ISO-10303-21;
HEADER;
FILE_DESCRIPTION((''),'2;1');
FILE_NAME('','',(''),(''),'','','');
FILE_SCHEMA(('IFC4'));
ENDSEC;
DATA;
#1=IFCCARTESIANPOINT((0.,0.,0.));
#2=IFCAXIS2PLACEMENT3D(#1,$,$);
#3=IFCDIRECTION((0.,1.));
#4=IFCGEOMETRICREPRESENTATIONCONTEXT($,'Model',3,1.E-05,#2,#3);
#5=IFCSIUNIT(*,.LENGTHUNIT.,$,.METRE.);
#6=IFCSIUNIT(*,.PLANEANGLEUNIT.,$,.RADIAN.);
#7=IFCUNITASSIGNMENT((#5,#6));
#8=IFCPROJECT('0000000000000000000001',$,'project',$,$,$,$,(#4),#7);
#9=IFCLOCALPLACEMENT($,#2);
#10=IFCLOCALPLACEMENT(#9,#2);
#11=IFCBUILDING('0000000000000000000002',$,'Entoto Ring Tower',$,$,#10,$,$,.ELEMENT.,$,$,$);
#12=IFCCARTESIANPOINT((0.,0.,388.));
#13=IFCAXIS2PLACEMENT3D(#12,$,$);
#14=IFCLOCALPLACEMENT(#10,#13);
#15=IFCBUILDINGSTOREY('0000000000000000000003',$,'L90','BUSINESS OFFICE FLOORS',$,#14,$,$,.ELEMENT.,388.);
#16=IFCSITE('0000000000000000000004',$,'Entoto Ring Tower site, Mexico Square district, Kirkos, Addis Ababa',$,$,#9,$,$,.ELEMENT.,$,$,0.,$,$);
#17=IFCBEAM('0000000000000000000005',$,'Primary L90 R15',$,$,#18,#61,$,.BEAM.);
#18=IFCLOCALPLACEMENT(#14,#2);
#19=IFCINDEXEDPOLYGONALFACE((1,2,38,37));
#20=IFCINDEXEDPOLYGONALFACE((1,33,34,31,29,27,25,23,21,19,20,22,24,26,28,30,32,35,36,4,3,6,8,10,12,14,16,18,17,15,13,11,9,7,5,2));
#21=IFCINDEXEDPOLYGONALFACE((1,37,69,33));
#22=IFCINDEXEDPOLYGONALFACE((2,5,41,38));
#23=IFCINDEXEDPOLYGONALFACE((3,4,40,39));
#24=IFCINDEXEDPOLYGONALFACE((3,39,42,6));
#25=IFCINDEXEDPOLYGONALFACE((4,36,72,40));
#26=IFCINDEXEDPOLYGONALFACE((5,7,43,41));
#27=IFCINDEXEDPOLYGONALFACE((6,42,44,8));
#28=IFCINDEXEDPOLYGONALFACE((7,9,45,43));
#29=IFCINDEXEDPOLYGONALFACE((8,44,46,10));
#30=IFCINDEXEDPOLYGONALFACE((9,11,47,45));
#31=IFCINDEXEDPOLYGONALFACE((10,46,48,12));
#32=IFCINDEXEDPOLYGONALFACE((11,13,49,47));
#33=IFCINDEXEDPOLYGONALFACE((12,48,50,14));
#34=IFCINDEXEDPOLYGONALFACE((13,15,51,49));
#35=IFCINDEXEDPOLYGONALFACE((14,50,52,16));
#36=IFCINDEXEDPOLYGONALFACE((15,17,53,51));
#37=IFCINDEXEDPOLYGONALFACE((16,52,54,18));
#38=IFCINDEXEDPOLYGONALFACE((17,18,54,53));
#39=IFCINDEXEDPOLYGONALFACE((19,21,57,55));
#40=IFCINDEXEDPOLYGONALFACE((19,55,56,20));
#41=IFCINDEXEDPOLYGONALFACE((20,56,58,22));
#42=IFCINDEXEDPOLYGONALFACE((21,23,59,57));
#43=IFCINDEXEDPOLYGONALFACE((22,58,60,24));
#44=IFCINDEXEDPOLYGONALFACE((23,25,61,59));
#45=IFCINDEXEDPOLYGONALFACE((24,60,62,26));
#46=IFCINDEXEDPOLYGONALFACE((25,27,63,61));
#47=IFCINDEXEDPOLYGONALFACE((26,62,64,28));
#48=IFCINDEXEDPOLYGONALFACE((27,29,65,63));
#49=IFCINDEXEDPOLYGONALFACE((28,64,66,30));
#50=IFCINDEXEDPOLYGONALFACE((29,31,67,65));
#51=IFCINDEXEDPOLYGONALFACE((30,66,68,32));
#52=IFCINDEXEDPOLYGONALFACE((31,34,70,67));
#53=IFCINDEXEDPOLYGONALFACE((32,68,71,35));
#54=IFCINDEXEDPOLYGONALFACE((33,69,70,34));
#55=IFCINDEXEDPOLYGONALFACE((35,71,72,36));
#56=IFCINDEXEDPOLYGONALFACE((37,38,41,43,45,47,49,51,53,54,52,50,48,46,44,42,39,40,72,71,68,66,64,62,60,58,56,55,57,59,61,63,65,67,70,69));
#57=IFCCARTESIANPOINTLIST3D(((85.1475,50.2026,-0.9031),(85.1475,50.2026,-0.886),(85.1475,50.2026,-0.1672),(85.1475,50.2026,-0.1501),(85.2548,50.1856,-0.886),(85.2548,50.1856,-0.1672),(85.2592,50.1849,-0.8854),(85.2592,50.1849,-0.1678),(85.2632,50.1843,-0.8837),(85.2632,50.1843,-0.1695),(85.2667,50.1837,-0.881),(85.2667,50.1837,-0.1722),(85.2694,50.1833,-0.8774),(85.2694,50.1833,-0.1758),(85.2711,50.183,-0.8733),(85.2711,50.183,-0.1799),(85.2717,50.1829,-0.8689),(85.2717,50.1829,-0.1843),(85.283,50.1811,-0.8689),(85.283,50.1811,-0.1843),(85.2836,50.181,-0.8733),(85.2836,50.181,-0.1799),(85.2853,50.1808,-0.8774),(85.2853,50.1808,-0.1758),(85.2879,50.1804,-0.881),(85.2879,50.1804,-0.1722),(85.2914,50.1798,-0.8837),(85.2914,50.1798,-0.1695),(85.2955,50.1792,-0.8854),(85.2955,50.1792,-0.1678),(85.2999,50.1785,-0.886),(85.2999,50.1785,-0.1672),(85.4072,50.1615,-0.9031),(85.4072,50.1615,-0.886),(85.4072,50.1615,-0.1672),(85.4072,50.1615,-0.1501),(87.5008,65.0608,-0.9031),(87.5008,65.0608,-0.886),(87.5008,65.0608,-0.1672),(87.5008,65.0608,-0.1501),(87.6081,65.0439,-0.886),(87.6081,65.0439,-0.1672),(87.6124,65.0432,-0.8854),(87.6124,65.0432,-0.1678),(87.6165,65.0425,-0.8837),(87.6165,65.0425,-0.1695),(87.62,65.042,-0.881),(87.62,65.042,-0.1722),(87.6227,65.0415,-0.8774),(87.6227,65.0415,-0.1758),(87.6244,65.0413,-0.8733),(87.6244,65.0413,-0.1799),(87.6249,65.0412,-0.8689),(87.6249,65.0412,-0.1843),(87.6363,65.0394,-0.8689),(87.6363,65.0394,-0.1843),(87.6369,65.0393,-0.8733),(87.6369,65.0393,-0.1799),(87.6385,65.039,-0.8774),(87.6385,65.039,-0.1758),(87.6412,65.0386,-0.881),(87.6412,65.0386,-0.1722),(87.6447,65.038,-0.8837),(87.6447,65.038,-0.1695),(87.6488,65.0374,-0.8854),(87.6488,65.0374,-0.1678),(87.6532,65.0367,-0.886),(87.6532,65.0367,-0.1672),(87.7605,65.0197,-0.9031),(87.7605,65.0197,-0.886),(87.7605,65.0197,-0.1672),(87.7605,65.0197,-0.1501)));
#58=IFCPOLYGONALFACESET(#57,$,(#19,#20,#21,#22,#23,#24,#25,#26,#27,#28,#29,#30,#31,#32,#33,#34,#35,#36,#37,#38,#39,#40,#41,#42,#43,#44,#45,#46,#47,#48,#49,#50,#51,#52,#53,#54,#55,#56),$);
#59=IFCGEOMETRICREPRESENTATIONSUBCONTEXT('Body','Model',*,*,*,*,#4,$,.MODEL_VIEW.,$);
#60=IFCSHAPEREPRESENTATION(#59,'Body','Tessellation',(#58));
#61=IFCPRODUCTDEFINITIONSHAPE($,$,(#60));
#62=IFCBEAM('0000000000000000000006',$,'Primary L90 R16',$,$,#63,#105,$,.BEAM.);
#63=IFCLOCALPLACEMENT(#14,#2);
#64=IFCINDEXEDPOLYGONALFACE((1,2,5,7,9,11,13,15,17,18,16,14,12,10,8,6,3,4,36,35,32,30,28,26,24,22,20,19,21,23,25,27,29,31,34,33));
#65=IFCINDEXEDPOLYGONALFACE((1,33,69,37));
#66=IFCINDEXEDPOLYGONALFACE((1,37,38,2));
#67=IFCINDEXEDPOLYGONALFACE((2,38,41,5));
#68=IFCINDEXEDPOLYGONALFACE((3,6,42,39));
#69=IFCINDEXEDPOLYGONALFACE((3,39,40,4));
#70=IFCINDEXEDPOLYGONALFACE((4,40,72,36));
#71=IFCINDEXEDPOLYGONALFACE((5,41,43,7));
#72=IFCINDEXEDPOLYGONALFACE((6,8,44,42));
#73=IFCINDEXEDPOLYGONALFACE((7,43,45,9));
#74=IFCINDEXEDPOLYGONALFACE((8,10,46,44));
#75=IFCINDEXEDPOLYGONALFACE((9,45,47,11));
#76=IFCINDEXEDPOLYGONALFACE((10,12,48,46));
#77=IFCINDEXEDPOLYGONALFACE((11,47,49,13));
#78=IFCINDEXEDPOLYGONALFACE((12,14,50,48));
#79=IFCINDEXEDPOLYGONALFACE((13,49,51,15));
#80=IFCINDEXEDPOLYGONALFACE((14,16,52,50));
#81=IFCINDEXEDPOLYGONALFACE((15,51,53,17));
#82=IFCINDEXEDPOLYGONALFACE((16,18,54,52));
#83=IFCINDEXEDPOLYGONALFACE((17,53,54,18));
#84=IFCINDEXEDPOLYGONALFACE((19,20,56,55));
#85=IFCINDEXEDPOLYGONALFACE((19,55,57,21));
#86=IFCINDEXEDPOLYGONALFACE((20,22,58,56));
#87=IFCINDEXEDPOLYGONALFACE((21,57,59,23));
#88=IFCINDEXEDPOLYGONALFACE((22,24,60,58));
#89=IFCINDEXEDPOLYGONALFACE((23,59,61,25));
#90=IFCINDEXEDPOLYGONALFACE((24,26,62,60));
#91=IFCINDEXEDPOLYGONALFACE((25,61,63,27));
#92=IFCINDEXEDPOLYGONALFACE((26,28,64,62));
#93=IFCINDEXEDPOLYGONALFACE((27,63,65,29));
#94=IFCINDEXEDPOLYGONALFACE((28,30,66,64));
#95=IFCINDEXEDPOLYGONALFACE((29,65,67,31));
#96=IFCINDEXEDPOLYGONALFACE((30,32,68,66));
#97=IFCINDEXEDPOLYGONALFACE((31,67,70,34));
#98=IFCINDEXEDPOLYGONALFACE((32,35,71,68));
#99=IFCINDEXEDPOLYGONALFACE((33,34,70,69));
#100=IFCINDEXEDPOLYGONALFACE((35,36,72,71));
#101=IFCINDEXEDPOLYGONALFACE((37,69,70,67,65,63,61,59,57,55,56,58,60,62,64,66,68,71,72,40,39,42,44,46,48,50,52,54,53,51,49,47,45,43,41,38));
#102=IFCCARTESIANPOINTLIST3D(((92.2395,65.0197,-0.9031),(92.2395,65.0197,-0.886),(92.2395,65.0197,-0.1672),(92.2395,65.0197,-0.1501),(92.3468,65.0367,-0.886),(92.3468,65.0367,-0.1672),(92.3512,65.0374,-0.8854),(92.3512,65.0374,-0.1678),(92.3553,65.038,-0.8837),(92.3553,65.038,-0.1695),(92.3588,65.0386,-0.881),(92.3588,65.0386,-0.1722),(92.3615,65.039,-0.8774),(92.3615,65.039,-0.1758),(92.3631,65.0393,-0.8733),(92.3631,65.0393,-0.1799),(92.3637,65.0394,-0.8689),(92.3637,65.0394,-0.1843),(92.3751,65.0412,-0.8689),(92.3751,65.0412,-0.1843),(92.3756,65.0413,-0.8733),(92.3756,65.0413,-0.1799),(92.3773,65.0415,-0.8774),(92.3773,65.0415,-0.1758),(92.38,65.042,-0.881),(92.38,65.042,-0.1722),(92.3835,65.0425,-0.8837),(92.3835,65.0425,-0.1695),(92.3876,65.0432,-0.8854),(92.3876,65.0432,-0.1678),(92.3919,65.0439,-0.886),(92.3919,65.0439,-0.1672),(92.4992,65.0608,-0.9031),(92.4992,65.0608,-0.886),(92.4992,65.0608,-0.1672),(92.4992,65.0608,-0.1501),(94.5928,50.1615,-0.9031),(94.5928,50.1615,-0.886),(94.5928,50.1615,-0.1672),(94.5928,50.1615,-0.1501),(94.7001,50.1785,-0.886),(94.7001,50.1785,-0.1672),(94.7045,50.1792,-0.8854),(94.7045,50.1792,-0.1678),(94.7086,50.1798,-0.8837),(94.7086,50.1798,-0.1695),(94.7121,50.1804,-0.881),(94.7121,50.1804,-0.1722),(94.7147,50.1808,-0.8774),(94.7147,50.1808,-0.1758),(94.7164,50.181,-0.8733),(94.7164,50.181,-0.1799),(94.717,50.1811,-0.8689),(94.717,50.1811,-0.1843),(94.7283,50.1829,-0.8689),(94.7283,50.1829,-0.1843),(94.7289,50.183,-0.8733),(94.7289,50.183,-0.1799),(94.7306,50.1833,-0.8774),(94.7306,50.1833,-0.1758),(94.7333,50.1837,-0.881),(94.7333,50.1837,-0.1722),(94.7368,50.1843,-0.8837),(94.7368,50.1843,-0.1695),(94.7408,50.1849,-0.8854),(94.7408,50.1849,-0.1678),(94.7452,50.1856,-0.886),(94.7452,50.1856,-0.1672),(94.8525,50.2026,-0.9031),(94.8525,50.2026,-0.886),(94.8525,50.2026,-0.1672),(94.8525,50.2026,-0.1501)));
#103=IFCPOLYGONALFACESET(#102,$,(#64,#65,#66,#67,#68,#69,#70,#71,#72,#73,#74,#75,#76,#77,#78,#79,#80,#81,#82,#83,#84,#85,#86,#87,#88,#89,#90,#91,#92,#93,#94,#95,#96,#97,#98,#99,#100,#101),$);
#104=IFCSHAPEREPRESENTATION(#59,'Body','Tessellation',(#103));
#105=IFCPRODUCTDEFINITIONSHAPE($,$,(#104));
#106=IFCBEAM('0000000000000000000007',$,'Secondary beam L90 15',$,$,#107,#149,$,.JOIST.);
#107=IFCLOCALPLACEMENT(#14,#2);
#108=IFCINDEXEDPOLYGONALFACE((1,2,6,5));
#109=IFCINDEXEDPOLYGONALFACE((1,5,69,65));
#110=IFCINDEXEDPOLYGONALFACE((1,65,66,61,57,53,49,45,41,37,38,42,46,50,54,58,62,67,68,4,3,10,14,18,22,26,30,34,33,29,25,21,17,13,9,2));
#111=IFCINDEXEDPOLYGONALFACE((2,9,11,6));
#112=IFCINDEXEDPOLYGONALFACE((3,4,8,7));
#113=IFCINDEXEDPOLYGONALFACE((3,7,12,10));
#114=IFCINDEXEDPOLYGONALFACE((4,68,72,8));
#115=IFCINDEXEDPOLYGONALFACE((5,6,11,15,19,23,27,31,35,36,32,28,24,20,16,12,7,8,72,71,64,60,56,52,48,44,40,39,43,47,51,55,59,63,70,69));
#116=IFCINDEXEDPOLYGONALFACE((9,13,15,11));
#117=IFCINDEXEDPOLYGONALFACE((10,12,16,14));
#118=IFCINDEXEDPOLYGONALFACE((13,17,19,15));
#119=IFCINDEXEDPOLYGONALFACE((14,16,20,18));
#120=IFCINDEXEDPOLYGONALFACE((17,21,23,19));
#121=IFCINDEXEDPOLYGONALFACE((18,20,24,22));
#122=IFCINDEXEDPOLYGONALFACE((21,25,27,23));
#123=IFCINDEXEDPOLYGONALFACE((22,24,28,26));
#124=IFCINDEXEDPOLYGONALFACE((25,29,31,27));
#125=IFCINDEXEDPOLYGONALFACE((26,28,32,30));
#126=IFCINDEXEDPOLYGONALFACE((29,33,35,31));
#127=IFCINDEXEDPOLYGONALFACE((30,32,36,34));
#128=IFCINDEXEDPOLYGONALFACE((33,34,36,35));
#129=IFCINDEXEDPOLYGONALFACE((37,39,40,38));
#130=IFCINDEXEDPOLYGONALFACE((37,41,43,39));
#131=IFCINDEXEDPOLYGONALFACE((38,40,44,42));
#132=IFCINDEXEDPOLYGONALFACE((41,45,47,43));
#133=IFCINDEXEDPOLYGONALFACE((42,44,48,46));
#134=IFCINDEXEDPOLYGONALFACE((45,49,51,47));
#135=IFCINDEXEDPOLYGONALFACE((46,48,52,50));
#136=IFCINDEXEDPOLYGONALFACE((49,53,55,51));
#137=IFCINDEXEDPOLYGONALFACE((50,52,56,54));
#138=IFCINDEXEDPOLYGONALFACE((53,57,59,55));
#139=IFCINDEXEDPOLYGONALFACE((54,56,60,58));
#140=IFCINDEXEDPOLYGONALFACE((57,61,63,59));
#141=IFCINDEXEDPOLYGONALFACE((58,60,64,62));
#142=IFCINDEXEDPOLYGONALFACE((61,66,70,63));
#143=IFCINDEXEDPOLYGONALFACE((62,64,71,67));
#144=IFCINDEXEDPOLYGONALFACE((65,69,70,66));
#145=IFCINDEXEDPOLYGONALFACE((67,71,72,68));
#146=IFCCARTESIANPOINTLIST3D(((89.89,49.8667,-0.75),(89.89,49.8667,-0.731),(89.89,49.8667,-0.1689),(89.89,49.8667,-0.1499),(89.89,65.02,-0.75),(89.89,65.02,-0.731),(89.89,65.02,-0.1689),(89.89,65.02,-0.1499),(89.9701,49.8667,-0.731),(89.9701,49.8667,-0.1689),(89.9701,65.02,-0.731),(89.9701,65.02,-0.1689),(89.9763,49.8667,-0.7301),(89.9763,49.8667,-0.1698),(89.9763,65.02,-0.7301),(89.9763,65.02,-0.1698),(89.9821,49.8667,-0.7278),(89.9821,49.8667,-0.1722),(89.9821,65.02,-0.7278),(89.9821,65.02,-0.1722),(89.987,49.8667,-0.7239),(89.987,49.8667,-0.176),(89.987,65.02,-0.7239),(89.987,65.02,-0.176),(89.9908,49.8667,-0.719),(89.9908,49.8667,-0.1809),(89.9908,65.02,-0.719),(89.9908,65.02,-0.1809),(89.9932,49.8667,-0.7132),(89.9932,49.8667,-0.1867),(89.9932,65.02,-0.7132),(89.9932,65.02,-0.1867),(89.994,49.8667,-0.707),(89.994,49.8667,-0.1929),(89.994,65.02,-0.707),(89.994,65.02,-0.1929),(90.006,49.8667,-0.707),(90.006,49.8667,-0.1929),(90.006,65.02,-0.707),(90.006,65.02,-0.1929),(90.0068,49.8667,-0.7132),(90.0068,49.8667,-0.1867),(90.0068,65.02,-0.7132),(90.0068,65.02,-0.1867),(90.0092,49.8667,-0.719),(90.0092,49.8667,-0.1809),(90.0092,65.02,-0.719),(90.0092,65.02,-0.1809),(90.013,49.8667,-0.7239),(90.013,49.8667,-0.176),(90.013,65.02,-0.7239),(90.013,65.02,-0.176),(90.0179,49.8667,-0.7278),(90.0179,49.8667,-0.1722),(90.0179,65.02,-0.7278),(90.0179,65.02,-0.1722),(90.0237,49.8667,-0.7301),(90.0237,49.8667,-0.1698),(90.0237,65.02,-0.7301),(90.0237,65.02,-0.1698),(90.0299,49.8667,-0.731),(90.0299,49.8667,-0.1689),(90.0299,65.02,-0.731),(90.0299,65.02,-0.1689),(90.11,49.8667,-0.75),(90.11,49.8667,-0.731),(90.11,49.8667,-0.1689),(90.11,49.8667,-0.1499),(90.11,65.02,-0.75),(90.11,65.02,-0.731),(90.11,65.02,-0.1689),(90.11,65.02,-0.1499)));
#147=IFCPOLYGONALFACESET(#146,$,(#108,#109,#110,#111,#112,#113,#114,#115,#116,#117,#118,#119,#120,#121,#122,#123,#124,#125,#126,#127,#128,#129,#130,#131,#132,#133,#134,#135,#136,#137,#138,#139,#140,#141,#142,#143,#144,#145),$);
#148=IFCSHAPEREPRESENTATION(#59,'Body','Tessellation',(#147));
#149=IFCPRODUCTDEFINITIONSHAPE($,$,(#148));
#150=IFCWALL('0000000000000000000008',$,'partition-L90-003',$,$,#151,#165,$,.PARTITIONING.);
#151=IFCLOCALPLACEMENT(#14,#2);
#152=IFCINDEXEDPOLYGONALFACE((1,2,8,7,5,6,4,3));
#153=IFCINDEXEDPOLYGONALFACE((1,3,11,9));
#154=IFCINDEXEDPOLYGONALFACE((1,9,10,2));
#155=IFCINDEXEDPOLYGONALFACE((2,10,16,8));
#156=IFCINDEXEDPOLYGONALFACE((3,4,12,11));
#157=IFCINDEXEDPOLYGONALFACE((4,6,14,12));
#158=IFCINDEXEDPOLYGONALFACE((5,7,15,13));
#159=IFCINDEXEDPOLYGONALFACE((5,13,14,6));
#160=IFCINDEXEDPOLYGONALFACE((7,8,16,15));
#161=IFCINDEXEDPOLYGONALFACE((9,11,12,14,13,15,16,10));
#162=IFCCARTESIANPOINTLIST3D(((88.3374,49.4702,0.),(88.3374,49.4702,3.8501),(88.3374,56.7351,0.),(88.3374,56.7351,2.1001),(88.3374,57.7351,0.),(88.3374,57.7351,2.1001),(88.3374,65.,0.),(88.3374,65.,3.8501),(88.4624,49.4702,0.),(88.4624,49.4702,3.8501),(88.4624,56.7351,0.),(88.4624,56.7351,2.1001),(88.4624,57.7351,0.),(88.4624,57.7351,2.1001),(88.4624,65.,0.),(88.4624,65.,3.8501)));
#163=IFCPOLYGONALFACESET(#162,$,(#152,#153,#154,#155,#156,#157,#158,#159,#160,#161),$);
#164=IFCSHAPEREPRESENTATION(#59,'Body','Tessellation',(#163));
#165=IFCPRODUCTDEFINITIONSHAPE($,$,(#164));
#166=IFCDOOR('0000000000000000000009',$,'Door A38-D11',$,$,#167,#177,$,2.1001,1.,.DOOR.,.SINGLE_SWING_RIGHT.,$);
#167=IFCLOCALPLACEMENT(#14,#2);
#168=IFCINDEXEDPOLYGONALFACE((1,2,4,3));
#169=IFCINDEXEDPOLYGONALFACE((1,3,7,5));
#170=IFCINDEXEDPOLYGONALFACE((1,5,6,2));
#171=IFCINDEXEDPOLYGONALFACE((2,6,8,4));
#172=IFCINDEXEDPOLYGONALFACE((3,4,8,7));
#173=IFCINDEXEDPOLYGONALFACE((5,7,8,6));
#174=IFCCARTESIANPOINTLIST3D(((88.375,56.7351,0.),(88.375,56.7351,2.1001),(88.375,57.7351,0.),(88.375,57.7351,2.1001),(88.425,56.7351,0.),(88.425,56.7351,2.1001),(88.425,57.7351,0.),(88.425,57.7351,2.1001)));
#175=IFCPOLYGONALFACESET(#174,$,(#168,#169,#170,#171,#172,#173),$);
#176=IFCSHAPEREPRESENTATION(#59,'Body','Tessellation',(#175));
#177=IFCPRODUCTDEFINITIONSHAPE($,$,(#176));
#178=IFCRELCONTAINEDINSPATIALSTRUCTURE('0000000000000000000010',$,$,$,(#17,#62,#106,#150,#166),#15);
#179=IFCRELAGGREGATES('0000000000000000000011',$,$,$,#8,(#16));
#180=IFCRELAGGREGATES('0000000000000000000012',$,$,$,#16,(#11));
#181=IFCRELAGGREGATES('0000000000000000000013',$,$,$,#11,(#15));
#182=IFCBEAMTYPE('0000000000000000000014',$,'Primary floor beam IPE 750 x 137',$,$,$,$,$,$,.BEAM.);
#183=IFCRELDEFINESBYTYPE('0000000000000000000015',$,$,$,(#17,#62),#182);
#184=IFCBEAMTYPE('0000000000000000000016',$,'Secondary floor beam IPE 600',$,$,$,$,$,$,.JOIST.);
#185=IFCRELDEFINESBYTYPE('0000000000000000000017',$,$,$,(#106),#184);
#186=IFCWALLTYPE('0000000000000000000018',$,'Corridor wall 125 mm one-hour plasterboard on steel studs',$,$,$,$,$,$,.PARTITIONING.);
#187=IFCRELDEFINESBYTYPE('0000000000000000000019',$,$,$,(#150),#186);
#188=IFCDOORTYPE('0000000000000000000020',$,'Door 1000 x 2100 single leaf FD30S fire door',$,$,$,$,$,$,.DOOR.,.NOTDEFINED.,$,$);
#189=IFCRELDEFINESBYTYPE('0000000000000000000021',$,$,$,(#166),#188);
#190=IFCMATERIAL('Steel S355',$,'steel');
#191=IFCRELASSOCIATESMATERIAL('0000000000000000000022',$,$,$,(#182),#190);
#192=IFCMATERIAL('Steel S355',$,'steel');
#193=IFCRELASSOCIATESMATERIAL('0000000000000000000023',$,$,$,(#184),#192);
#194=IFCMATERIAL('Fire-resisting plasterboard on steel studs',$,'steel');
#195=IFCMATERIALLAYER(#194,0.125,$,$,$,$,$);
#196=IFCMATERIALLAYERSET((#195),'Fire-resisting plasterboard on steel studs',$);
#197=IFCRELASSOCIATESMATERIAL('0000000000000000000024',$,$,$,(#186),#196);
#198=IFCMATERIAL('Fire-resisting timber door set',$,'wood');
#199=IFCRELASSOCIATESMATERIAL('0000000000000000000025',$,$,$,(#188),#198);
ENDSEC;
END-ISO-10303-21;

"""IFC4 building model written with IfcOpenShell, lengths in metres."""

from ifc_helpers import new_model, si_unit, direction, frame, frame_2d, origin, origin_2d, place, context, subcontext, project, spatial, rectangle, i_section, extrude, material, layer, layer_set, material_profile, profile_set, type_object, element, fill, save


model = new_model("IFC4")

# Units and contexts
model_context = context("Model", 3, precision=1e-05, world=origin(), true_north=direction((0.0, 1.0)))
body_context = subcontext(model_context, "Body", "Model", "MODEL_VIEW")
ifc_project = project(units=[si_unit("LENGTHUNIT", "METRE"), si_unit("PLANEANGLEUNIT", "RADIAN")], contexts=[model_context])

# Site, building, storey
site_placement = place(None, origin())
site = spatial("IfcSite", under=ifc_project, at=site_placement, Name="Entoto Ring Tower site, Mexico Square district, Kirkos, Addis Ababa", CompositionType="ELEMENT", RefElevation=0.0)
building_placement = place(site_placement, origin())
building = spatial("IfcBuilding", under=site, at=building_placement, Name="Entoto Ring Tower", CompositionType="ELEMENT")
storey_placement = place(building_placement, frame((0.0, 0.0, 388.0)))
storey = spatial("IfcBuildingStorey", under=building, at=storey_placement, Name="L90", Description="BUSINESS OFFICE FLOORS", CompositionType="ELEMENT", Elevation=388.0)

# Beams
ifc_material_1 = material(Name="Steel S355", Category="steel")
ifc_material_profile_1 = material_profile(ifc_material_1, i_section(OverallWidth=0.2629, OverallDepth=0.7529, WebThickness=0.0115, FlangeThickness=0.0171, FilletRadius=0.0171, at=origin_2d()), Name="IPE 750 x 137")
ifc_profile_set_1 = profile_set([ifc_material_profile_1], Name="Steel S355")
beam_type_1 = type_object("IfcBeamType", Name="Primary floor beam IPE 750 x 137", PredefinedType="BEAM", material=ifc_profile_set_1)
for number, where, z_axis, x_axis, name in (
    (1, (87.6306, 65.0403, -0.5266), (-0.156433, -0.987689, 0.0), (0.987689, -0.156433, 0.0), "Primary L90 R15"),
    (2, (92.3694, 65.0403, -0.5266), (0.156433, -0.987689, 0.0), (0.987689, 0.156433, 0.0), "Primary L90 R16"),
):
    element("IfcBeam", number, at=place(storey_placement, frame(where, z_axis=z_axis, x_axis=x_axis)), inside=storey, type_object=beam_type_1, Name=name, PredefinedType="BEAM", context=body_context, shape_type="SweptSolid", body=[
        extrude(i_section(OverallWidth=0.2629, OverallDepth=0.7529, WebThickness=0.0115, FlangeThickness=0.0171, FilletRadius=0.0171, at=origin_2d()), origin(), (0.0, 0.0, 1.0), 15.0435),
    ])
ifc_material_2 = material(Name="Steel S355", Category="steel")
ifc_material_profile_2 = material_profile(ifc_material_2, i_section(OverallWidth=0.22, OverallDepth=0.6001, WebThickness=0.012, FlangeThickness=0.019, FilletRadius=0.0239, at=origin_2d()), Name="IPE 600")
ifc_profile_set_2 = profile_set([ifc_material_profile_2], Name="Steel S355")
beam_type_2 = type_object("IfcBeamType", Name="Secondary floor beam IPE 600", PredefinedType="JOIST", material=ifc_profile_set_2)
beam_1_placement = place(storey_placement, frame((90.0, 65.02, -0.45), z_axis=(0.0, -1.0, 0.0), x_axis=(1.0, 0.0, 0.0)))
element("IfcBeam", 3, at=beam_1_placement, inside=storey, type_object=beam_type_2, Name="Secondary beam L90 15", PredefinedType="JOIST", context=body_context, shape_type="SweptSolid", body=[
    extrude(i_section(OverallWidth=0.22, OverallDepth=0.6001, WebThickness=0.012, FlangeThickness=0.019, FilletRadius=0.0239, at=origin_2d()), origin(), (0.0, 0.0, 1.0), 15.1533),
])

# Wall, opening, door
ifc_material_3 = material(Name="Fire-resisting plasterboard on steel studs", Category="steel")
ifc_layer_1 = layer(ifc_material_3, 0.125)
ifc_layer_set_1 = layer_set([ifc_layer_1], Name="Fire-resisting plasterboard on steel studs")
wall_type_1 = type_object("IfcWallType", Name="Corridor wall 125 mm one-hour plasterboard on steel studs", PredefinedType="PARTITIONING", material=ifc_layer_set_1)
wall_1_placement = place(storey_placement, frame((88.3999, 49.4702, 0.0), z_axis=(0.0, 0.0, 1.0), x_axis=(0.0, 1.0, 0.0)))
wall_1 = element("IfcWall", 4, at=wall_1_placement, inside=storey, type_object=wall_type_1, Name="partition-L90-003", PredefinedType="PARTITIONING", context=body_context, shape_type="SweptSolid", body=[
    extrude(rectangle(XDim=15.5298, YDim=0.125, at=frame_2d((7.7649, 0.0))), origin(), (0.0, 0.0, 1.0), 3.8501),
])
opening_1_placement = place(wall_1_placement, frame((7.2649, 0.0, 0.0)))
opening_1 = element("IfcOpeningElement", 5, at=opening_1_placement, cuts=wall_1, PredefinedType="OPENING", context=body_context, shape_type="SweptSolid", body=[
    extrude(rectangle(XDim=1.0, YDim=2.1001, at=frame_2d((0.5, 1.05))), frame((0.0, 0.0725, 0.0), z_axis=(0.0, -1.0, 0.0), x_axis=(1.0, 0.0, 0.0)), (0.0, 0.0, 1.0), 0.145),
])
ifc_material_4 = material(Name="Fire-resisting timber door set", Category="wood")
door_type_1 = type_object("IfcDoorType", Name="Door 1000 x 2100 single leaf FD30S fire door", OperationType="NOTDEFINED", PredefinedType="DOOR", material=ifc_material_4)
door_1_placement = place(opening_1_placement, origin())
door_1 = element("IfcDoor", 6, at=door_1_placement, inside=storey, type_object=door_type_1, Name="Door A38-D11", OperationType="SINGLE_SWING_RIGHT", OverallHeight=2.1001, OverallWidth=1.0, PredefinedType="DOOR", context=body_context, shape_type="SweptSolid", body=[
    extrude(rectangle(XDim=1.0, YDim=2.1001, at=frame_2d((0.5, 1.05))), frame((0.0, 0.0249, 0.0), z_axis=(0.0, -1.0, 0.0), x_axis=(1.0, 0.0, 0.0)), (0.0, 0.0, 1.0), 0.05),
])
fill(opening_1, door_1)

save(model, "model.ifc")
